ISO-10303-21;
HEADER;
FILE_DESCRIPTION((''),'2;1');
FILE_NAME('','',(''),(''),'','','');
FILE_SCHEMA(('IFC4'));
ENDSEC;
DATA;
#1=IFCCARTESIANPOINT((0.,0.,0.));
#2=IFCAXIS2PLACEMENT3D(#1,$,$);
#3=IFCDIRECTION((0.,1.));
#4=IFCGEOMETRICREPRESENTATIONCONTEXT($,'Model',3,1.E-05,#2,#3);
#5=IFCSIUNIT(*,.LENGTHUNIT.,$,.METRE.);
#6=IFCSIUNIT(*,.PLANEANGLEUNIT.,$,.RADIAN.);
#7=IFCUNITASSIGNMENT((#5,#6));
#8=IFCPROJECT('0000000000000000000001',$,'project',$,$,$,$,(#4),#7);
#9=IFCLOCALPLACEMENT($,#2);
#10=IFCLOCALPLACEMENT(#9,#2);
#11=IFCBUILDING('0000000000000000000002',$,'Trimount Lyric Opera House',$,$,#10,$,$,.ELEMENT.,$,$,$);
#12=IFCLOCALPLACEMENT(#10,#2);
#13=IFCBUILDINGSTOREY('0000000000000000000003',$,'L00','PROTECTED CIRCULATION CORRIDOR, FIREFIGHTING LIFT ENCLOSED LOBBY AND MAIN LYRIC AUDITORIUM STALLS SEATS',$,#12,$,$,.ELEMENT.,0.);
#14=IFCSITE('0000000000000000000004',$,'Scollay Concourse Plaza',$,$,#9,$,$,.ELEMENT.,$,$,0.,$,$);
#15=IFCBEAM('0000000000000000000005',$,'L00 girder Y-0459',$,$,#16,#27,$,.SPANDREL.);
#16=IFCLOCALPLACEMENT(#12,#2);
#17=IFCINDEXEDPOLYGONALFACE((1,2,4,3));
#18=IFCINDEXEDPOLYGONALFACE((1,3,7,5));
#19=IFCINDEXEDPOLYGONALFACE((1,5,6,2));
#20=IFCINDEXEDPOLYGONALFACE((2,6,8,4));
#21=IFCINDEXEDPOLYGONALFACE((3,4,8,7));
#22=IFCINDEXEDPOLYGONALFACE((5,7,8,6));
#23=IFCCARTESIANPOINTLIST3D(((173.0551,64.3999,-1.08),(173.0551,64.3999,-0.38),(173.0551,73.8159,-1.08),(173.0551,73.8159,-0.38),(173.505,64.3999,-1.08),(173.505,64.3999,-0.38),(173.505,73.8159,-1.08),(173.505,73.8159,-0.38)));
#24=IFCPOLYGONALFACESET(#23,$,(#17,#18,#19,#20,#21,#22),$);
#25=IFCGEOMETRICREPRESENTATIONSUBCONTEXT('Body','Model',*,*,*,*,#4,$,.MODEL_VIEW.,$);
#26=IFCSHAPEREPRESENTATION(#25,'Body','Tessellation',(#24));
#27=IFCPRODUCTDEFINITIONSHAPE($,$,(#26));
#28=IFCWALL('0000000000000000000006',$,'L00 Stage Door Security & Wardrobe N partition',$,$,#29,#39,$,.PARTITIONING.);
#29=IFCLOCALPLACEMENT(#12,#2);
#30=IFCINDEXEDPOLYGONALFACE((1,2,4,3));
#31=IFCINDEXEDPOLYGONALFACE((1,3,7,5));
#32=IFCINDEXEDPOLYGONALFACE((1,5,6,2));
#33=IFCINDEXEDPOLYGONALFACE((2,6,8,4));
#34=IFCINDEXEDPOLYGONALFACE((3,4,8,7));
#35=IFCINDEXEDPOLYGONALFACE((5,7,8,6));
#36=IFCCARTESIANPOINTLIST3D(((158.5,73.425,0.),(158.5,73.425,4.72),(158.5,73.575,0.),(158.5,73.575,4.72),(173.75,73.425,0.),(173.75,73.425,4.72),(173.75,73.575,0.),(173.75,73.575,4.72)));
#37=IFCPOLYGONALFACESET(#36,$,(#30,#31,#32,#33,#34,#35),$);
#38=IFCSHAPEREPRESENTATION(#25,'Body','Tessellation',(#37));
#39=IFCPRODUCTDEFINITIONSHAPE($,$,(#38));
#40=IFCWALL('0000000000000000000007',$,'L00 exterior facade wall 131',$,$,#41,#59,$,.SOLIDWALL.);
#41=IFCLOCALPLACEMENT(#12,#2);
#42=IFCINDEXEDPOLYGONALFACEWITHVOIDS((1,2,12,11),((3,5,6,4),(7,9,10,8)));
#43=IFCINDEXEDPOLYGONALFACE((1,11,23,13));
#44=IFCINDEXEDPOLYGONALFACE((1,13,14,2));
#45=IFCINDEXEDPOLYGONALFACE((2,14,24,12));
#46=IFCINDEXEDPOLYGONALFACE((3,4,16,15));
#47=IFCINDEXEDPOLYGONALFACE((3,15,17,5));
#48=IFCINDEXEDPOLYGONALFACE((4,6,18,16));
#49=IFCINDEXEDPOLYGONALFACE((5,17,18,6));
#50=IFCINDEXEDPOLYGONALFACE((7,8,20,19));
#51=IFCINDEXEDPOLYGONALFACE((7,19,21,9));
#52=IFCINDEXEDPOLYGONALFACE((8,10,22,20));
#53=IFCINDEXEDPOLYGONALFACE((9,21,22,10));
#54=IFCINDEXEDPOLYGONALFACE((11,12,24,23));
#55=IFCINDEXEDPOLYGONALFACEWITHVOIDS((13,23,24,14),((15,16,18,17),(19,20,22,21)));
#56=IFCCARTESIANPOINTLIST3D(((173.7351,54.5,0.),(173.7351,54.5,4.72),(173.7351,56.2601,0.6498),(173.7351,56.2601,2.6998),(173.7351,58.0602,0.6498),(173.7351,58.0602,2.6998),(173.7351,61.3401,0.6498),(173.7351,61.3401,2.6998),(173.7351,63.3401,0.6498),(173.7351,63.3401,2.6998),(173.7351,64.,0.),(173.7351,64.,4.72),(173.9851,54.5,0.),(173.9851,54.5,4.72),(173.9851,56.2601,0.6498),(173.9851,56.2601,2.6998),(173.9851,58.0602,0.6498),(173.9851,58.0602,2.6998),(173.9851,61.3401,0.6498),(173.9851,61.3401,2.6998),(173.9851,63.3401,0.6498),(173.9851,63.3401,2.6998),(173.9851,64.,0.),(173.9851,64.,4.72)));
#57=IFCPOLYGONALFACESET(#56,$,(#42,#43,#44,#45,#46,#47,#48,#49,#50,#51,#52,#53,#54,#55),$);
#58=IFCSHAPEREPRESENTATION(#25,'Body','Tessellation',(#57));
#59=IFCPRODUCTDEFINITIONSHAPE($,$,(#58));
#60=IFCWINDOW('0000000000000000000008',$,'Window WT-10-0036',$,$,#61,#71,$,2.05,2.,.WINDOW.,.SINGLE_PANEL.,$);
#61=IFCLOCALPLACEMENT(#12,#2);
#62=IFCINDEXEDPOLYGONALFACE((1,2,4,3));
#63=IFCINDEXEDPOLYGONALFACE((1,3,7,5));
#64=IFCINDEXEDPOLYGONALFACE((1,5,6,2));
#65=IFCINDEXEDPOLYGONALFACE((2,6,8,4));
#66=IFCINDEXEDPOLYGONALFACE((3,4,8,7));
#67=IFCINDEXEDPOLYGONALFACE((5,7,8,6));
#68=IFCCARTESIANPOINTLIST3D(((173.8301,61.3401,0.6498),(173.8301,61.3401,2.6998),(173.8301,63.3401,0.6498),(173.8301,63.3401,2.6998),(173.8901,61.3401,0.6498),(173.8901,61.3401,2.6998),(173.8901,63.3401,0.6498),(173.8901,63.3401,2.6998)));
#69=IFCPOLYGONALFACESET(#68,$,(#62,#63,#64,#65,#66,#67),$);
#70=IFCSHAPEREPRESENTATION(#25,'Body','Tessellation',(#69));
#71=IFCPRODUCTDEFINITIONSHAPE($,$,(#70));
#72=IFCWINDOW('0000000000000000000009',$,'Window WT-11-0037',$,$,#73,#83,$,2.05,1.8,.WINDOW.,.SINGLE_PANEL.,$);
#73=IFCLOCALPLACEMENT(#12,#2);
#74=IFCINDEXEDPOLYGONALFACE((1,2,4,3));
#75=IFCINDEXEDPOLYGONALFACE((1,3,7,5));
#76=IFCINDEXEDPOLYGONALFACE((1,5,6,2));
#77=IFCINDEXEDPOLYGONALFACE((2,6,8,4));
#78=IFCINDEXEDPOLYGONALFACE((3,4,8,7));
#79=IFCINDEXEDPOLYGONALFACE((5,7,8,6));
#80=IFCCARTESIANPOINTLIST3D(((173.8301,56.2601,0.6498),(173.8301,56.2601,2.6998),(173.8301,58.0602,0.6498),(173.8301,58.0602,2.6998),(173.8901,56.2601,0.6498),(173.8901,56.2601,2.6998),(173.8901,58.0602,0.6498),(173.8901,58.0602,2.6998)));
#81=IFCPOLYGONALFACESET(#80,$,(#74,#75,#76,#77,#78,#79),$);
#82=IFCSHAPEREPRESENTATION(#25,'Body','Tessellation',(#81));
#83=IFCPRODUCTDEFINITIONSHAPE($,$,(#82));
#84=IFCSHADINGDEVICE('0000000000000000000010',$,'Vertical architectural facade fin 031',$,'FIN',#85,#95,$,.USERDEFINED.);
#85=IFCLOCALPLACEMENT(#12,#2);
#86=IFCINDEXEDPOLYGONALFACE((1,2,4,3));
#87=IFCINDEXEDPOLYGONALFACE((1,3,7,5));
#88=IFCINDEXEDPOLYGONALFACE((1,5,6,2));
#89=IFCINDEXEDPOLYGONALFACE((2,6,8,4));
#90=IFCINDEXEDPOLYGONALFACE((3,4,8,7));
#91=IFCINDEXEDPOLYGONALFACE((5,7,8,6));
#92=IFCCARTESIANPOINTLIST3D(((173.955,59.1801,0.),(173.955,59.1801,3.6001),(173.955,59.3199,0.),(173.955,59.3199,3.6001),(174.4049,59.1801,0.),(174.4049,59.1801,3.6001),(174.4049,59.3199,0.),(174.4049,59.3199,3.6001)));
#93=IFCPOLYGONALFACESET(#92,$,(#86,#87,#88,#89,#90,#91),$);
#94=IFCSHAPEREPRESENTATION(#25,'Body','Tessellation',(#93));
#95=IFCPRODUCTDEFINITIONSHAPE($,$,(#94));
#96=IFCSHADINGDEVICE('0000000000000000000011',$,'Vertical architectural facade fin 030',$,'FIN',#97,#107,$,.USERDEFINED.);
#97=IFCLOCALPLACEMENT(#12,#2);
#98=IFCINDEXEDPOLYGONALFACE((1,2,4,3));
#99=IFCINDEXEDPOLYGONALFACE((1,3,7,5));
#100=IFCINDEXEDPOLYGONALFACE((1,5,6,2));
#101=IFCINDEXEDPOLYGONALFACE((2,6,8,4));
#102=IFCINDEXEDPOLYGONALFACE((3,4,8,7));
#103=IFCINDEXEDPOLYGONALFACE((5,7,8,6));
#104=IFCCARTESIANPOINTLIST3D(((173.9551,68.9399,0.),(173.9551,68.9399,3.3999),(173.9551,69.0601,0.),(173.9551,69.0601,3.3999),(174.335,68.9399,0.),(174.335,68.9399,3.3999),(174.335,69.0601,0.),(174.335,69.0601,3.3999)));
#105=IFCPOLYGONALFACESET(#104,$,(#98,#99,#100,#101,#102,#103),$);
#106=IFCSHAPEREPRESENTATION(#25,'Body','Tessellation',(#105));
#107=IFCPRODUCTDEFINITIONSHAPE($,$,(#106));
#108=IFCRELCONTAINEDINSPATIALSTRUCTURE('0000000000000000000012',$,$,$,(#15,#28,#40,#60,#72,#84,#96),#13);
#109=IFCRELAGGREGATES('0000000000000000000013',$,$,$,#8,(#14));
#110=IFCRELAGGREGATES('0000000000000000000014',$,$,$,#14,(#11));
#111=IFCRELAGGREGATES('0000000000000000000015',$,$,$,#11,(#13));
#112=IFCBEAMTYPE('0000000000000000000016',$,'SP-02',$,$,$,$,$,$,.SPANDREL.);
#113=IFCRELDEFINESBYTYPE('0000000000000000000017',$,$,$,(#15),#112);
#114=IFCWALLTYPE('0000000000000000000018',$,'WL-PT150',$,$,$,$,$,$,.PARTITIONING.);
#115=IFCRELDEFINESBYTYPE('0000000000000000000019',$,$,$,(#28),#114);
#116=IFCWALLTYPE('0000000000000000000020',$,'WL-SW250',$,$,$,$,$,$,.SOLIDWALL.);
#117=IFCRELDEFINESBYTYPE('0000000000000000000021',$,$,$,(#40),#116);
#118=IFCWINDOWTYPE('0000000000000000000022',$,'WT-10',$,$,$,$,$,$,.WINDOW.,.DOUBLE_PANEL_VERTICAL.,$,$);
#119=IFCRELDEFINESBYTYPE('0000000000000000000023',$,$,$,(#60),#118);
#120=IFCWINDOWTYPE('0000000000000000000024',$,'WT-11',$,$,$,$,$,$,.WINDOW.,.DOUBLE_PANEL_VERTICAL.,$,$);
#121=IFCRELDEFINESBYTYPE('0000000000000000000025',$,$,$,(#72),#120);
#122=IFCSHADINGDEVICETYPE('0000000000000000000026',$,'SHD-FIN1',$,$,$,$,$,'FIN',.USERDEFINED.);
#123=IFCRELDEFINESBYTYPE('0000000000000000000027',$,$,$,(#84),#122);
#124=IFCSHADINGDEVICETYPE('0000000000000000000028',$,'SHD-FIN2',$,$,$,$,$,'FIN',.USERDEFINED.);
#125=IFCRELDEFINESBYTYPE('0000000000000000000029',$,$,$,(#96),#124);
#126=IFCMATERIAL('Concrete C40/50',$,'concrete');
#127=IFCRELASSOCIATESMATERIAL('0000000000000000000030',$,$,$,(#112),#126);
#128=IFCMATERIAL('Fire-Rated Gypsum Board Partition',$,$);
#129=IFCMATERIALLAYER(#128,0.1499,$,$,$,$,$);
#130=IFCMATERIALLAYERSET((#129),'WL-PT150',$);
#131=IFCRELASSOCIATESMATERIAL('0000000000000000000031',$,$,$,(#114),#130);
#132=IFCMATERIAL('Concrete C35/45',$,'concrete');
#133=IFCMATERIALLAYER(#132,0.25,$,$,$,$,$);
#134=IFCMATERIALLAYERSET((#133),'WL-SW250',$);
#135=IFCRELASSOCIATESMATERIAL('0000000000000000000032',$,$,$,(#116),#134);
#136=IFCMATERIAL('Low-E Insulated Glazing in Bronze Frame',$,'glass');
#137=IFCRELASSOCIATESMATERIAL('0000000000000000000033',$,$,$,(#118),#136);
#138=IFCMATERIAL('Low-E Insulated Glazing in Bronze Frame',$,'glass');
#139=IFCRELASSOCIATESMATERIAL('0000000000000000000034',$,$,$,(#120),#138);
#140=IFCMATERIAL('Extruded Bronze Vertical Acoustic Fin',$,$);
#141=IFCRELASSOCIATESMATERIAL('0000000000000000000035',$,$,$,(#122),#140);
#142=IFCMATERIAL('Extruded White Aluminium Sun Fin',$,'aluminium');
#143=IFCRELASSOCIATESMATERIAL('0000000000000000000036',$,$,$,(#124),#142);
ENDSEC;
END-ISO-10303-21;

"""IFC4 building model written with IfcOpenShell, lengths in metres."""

from ifc_helpers import new_model, si_unit, direction, frame, frame_2d, origin, origin_2d, place, context, subcontext, project, spatial, rectangle, extrude, material, layer, layer_set, material_profile, profile_set, type_object, element, fill, save


model = new_model("IFC4")

# Units and contexts
model_context = context("Model", 3, precision=1e-05, world=origin(), true_north=direction((0.0, 1.0)))
body_context = subcontext(model_context, "Body", "Model", "MODEL_VIEW")
ifc_project = project(units=[si_unit("LENGTHUNIT", "METRE"), si_unit("PLANEANGLEUNIT", "RADIAN")], contexts=[model_context])

# Site, building, storey
site_placement = place(None, origin())
site = spatial("IfcSite", under=ifc_project, at=site_placement, Name="Scollay Concourse Plaza", CompositionType="ELEMENT", RefElevation=0.0)
building_placement = place(site_placement, origin())
building = spatial("IfcBuilding", under=site, at=building_placement, Name="Trimount Lyric Opera House", CompositionType="ELEMENT")
storey_placement = place(building_placement, origin())
storey = spatial("IfcBuildingStorey", under=building, at=storey_placement, Name="L00", Description="PROTECTED CIRCULATION CORRIDOR, FIREFIGHTING LIFT ENCLOSED LOBBY AND MAIN LYRIC AUDITORIUM STALLS SEATS", CompositionType="ELEMENT", Elevation=0.0)

# Beam
ifc_material_1 = material(Name="Concrete C40/50", Category="concrete")
ifc_material_profile_1 = material_profile(ifc_material_1, rectangle(XDim=0.45, YDim=0.7, at=origin_2d()), Name="RC450X700")
ifc_profile_set_1 = profile_set([ifc_material_profile_1], Name="Concrete C40/50")
beam_type_1 = type_object("IfcBeamType", Name="SP-02", PredefinedType="SPANDREL", material=ifc_profile_set_1)
beam_1_placement = place(storey_placement, frame((173.28, 64.3999, -0.73), z_axis=(0.0, 1.0, 0.0), x_axis=(-1.0, 0.0, 0.0)))
element("IfcBeam", 1, at=beam_1_placement, inside=storey, type_object=beam_type_1, Name="L00 girder Y-0459", PredefinedType="SPANDREL", context=body_context, shape_type="SweptSolid", body=[
    extrude(rectangle(XDim=0.45, YDim=0.7, at=origin_2d()), origin(), (0.0, 0.0, 1.0), 9.416),
])

# Wall
ifc_material_2 = material(Name="Fire-Rated Gypsum Board Partition")
ifc_layer_1 = layer(ifc_material_2, 0.1499)
ifc_layer_set_1 = layer_set([ifc_layer_1], Name="WL-PT150")
wall_type_1 = type_object("IfcWallType", Name="WL-PT150", PredefinedType="PARTITIONING", material=ifc_layer_set_1)
wall_1_placement = place(storey_placement, frame((173.75, 73.5, 0.0), z_axis=(0.0, 0.0, 1.0), x_axis=(-1.0, 0.0, 0.0)))
element("IfcWall", 2, at=wall_1_placement, inside=storey, type_object=wall_type_1, Name="L00 Stage Door Security & Wardrobe N partition", PredefinedType="PARTITIONING", context=body_context, shape_type="SweptSolid", body=[
    extrude(rectangle(XDim=15.25, YDim=0.1499, at=frame_2d((7.625, 0.0))), origin(), (0.0, 0.0, 1.0), 4.72),
])

# Wall, openings, windows
ifc_material_3 = material(Name="Concrete C35/45", Category="concrete")
ifc_layer_2 = layer(ifc_material_3, 0.25)
ifc_layer_set_2 = layer_set([ifc_layer_2], Name="WL-SW250")
wall_type_2 = type_object("IfcWallType", Name="WL-SW250", PredefinedType="SOLIDWALL", material=ifc_layer_set_2)
wall_2_placement = place(storey_placement, frame((173.8601, 64.0, 0.0), z_axis=(0.0, 0.0, 1.0), x_axis=(0.0, -1.0, 0.0)))
wall_2 = element("IfcWall", 3, at=wall_2_placement, inside=storey, type_object=wall_type_2, Name="L00 exterior facade wall 131", PredefinedType="SOLIDWALL", context=body_context, shape_type="SweptSolid", body=[
    extrude(rectangle(XDim=9.5, YDim=0.25, at=frame_2d((4.75, 0.0))), origin(), (0.0, 0.0, 1.0), 4.72),
])
opening_1_placement = place(wall_2_placement, frame((0.6599, 0.0, 0.6499)))
opening_1 = element("IfcOpeningElement", 4, at=opening_1_placement, cuts=wall_2, PredefinedType="OPENING", context=body_context, shape_type="SweptSolid", body=[
    extrude(rectangle(XDim=2.0, YDim=2.05, at=frame_2d((1.0, 1.0249))), frame((0.0, 0.135, 0.0), z_axis=(0.0, -1.0, 0.0), x_axis=(1.0, 0.0, 0.0)), (0.0, 0.0, 1.0), 0.27),
])
opening_2_placement = place(wall_2_placement, frame((5.9399, 0.0, 0.6499)))
opening_2 = element("IfcOpeningElement", 5, at=opening_2_placement, cuts=wall_2, PredefinedType="OPENING", context=body_context, shape_type="SweptSolid", body=[
    extrude(rectangle(XDim=1.8, YDim=2.05, at=frame_2d((0.8999, 1.0249))), frame((0.0, 0.135, 0.0), z_axis=(0.0, -1.0, 0.0), x_axis=(1.0, 0.0, 0.0)), (0.0, 0.0, 1.0), 0.27),
])
ifc_material_4 = material(Name="Low-E Insulated Glazing in Bronze Frame", Category="glass")
window_type_1 = type_object("IfcWindowType", Name="WT-10", PartitioningType="DOUBLE_PANEL_VERTICAL", PredefinedType="WINDOW", material=ifc_material_4)
window_1_placement = place(opening_1_placement, origin())
window_1 = element("IfcWindow", 6, at=window_1_placement, inside=storey, type_object=window_type_1, Name="Window WT-10-0036", OverallHeight=2.05, OverallWidth=2.0, PartitioningType="SINGLE_PANEL", PredefinedType="WINDOW", context=body_context, shape_type="SweptSolid", body=[
    extrude(rectangle(XDim=2.0, YDim=2.05, at=frame_2d((1.0, 1.0249))), frame((0.0, 0.03, 0.0), z_axis=(0.0, -1.0, 0.0), x_axis=(1.0, 0.0, 0.0)), (0.0, 0.0, 1.0), 0.0601),
])
fill(opening_1, window_1)
ifc_material_5 = material(Name="Low-E Insulated Glazing in Bronze Frame", Category="glass")
window_type_2 = type_object("IfcWindowType", Name="WT-11", PartitioningType="DOUBLE_PANEL_VERTICAL", PredefinedType="WINDOW", material=ifc_material_5)
window_2_placement = place(opening_2_placement, origin())
window_2 = element("IfcWindow", 7, at=window_2_placement, inside=storey, type_object=window_type_2, Name="Window WT-11-0037", OverallHeight=2.05, OverallWidth=1.8, PartitioningType="SINGLE_PANEL", PredefinedType="WINDOW", context=body_context, shape_type="SweptSolid", body=[
    extrude(rectangle(XDim=1.8, YDim=2.05, at=frame_2d((0.8999, 1.0249))), frame((0.0, 0.03, 0.0), z_axis=(0.0, -1.0, 0.0), x_axis=(1.0, 0.0, 0.0)), (0.0, 0.0, 1.0), 0.0601),
])
fill(opening_2, window_2)

# Shading devices
ifc_material_6 = material(Name="Extruded Bronze Vertical Acoustic Fin")
shading_device_type_1 = type_object("IfcShadingDeviceType", Name="SHD-FIN1", ElementType="FIN", PredefinedType="USERDEFINED", material=ifc_material_6)
shading_device_1_placement = place(storey_placement, frame((174.1799, 59.25, 0.0), z_axis=(0.0, 0.0, 1.0), x_axis=(1.0, 0.0, 0.0)))
element("IfcShadingDevice", 8, at=shading_device_1_placement, inside=storey, type_object=shading_device_type_1, Name="Vertical architectural facade fin 031", ObjectType="FIN", PredefinedType="USERDEFINED", context=body_context, shape_type="SweptSolid", body=[
    extrude(rectangle(XDim=0.45, YDim=0.1399, at=origin_2d()), origin(), (0.0, 0.0, 1.0), 3.6001),
])
ifc_material_7 = material(Name="Extruded White Aluminium Sun Fin", Category="aluminium")
shading_device_type_2 = type_object("IfcShadingDeviceType", Name="SHD-FIN2", ElementType="FIN", PredefinedType="USERDEFINED", material=ifc_material_7)
shading_device_2_placement = place(storey_placement, frame((174.145, 69.0, 0.0), z_axis=(0.0, 0.0, 1.0), x_axis=(1.0, 0.0, 0.0)))
element("IfcShadingDevice", 9, at=shading_device_2_placement, inside=storey, type_object=shading_device_type_2, Name="Vertical architectural facade fin 030", ObjectType="FIN", PredefinedType="USERDEFINED", context=body_context, shape_type="SweptSolid", body=[
    extrude(rectangle(XDim=0.3799, YDim=0.1201, at=origin_2d()), origin(), (0.0, 0.0, 1.0), 3.3999),
])

save(model, "model.ifc")
